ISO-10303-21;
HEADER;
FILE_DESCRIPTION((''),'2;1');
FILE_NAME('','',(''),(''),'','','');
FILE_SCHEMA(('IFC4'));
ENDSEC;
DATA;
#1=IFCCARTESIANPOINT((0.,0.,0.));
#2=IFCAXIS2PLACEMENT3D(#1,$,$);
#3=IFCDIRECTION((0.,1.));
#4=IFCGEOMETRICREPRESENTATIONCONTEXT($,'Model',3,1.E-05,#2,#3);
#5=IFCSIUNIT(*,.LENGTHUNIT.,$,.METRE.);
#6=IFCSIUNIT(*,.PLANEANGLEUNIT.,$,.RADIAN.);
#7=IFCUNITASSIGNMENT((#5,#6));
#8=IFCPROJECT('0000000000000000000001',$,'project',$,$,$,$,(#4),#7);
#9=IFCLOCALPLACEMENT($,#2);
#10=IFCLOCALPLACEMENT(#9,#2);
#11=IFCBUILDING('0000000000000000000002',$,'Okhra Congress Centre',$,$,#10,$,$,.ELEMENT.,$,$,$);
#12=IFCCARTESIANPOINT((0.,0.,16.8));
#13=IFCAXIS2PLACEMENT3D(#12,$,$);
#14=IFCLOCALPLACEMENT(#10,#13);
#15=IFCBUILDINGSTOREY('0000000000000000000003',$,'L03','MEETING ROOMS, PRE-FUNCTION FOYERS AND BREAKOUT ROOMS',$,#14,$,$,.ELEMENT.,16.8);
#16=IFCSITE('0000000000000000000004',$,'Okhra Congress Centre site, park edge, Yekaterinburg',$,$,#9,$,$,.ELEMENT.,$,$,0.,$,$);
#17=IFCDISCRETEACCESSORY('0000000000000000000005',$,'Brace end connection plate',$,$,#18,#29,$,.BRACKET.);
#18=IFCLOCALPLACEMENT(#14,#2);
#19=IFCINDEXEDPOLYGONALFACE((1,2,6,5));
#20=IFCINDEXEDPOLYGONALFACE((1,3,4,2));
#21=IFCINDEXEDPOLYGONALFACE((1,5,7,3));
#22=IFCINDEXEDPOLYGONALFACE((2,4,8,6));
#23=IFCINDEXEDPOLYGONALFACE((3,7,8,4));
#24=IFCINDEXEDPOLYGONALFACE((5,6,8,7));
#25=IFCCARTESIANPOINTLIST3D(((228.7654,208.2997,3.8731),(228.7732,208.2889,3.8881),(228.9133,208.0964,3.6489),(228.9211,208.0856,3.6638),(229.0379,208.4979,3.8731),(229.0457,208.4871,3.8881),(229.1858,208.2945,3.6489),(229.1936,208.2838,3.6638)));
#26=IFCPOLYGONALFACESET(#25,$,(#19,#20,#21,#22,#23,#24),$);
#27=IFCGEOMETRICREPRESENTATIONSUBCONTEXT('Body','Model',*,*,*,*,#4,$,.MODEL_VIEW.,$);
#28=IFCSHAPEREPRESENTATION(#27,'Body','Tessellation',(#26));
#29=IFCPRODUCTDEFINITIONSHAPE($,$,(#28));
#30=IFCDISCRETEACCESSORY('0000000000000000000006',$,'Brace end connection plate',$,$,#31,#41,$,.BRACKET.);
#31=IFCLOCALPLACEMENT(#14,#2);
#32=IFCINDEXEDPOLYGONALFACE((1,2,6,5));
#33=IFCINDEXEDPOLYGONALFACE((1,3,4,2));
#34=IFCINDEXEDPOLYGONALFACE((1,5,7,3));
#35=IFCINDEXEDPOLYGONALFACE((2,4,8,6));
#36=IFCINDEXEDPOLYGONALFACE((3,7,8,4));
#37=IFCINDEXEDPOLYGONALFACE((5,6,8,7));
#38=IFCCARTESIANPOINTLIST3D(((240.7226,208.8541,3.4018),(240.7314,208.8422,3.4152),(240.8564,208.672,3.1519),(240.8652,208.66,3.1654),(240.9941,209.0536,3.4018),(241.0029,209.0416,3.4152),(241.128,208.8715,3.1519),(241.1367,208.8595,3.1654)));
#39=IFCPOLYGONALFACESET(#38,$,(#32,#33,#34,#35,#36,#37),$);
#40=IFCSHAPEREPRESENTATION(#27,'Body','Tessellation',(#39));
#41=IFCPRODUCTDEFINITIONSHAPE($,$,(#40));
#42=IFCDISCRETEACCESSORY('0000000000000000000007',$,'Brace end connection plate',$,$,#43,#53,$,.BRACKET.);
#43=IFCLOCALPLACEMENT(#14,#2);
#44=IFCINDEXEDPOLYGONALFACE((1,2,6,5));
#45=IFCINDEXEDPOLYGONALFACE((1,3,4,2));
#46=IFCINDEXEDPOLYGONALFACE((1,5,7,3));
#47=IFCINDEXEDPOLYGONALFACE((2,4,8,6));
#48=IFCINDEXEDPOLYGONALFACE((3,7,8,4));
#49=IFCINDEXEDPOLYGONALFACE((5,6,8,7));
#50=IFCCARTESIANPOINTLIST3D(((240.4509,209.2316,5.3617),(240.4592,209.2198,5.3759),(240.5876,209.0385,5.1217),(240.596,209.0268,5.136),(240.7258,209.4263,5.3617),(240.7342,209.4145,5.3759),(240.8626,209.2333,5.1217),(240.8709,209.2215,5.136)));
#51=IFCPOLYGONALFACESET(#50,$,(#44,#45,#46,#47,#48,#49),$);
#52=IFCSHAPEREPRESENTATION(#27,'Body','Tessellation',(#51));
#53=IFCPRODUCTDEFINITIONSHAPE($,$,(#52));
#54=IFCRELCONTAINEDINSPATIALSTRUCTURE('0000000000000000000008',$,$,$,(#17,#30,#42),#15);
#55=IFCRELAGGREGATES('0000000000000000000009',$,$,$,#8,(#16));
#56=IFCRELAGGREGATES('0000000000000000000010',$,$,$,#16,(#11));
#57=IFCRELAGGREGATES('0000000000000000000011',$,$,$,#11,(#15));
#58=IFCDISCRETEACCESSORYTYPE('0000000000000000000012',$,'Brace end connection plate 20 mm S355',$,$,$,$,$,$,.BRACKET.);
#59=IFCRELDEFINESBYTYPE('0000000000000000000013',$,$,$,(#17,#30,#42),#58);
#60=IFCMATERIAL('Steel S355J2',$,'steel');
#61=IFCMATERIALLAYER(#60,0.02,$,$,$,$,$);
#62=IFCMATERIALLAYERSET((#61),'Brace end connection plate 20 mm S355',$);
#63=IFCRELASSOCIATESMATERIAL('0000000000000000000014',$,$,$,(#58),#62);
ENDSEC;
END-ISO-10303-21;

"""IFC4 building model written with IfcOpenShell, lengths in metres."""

from ifc_helpers import new_model, si_unit, direction, frame, origin, origin_2d, place, context, subcontext, project, spatial, rectangle, extrude, material, layer, layer_set, type_object, element, save


model = new_model("IFC4")

# Units and contexts
model_context = context("Model", 3, precision=1e-05, world=origin(), true_north=direction((0.0, 1.0)))
body_context = subcontext(model_context, "Body", "Model", "MODEL_VIEW")
ifc_project = project(units=[si_unit("LENGTHUNIT", "METRE"), si_unit("PLANEANGLEUNIT", "RADIAN")], contexts=[model_context])

# Site, building, storey
site_placement = place(None, origin())
site = spatial("IfcSite", under=ifc_project, at=site_placement, Name="Okhra Congress Centre site, park edge, Yekaterinburg", CompositionType="ELEMENT", RefElevation=0.0)
building_placement = place(site_placement, origin())
building = spatial("IfcBuilding", under=site, at=building_placement, Name="Okhra Congress Centre", CompositionType="ELEMENT")
storey_placement = place(building_placement, frame((0.0, 0.0, 16.8)))
storey = spatial("IfcBuildingStorey", under=building, at=storey_placement, Name="L03", Description="MEETING ROOMS, PRE-FUNCTION FOYERS AND BREAKOUT ROOMS", CompositionType="ELEMENT", Elevation=16.8)

# Shared definitions
ifc_material_1 = material(Name="Steel S355J2", Category="steel")

# Discrete accessories
ifc_layer = layer(ifc_material_1, 0.02)
ifc_layer_set = layer_set([ifc_layer], Name="Brace end connection plate 20 mm S355")
discrete_accessory_type = type_object("IfcDiscreteAccessoryType", Name="Brace end connection plate 20 mm S355", PredefinedType="BRACKET", material=ifc_layer_set)
for number, where, z_axis, x_axis, name in (
    (1, (228.9756, 208.2971, 3.761), (0.391498, -0.538309, 0.746293), (0.808736, 0.588172, 0.0), "Brace end connection plate"),
    (2, (240.9341, 208.8508, 3.2903), (-0.43909, 0.59765, -0.670831), (-0.805882, -0.592076, 0.0), "Brace end connection plate"),
):
    element("IfcDiscreteAccessory", number, at=place(storey_placement, frame(where, z_axis=z_axis, x_axis=x_axis)), inside=storey, type_object=discrete_accessory_type, Name=name, PredefinedType="BRACKET", context=body_context, shape_type="SweptSolid", body=[
        extrude(rectangle(XDim=0.3369, YDim=0.3369, at=origin_2d()), origin(), (0.0, 0.0, 1.0), 0.02),
    ])
discrete_accessory_1_placement = place(storey_placement, frame((240.6567, 209.2324, 5.2417), z_axis=(0.411585, -0.581061, 0.702115), x_axis=(0.816024, 0.578017, 0.0)))
element("IfcDiscreteAccessory", 3, at=discrete_accessory_1_placement, inside=storey, type_object=discrete_accessory_type, Name="Brace end connection plate", PredefinedType="BRACKET", context=body_context, shape_type="SweptSolid", body=[
    extrude(rectangle(XDim=0.3369, YDim=0.3369, at=origin_2d()), origin(), (0.0, 0.0, 1.0), 0.0203),
])

save(model, "model.ifc")
